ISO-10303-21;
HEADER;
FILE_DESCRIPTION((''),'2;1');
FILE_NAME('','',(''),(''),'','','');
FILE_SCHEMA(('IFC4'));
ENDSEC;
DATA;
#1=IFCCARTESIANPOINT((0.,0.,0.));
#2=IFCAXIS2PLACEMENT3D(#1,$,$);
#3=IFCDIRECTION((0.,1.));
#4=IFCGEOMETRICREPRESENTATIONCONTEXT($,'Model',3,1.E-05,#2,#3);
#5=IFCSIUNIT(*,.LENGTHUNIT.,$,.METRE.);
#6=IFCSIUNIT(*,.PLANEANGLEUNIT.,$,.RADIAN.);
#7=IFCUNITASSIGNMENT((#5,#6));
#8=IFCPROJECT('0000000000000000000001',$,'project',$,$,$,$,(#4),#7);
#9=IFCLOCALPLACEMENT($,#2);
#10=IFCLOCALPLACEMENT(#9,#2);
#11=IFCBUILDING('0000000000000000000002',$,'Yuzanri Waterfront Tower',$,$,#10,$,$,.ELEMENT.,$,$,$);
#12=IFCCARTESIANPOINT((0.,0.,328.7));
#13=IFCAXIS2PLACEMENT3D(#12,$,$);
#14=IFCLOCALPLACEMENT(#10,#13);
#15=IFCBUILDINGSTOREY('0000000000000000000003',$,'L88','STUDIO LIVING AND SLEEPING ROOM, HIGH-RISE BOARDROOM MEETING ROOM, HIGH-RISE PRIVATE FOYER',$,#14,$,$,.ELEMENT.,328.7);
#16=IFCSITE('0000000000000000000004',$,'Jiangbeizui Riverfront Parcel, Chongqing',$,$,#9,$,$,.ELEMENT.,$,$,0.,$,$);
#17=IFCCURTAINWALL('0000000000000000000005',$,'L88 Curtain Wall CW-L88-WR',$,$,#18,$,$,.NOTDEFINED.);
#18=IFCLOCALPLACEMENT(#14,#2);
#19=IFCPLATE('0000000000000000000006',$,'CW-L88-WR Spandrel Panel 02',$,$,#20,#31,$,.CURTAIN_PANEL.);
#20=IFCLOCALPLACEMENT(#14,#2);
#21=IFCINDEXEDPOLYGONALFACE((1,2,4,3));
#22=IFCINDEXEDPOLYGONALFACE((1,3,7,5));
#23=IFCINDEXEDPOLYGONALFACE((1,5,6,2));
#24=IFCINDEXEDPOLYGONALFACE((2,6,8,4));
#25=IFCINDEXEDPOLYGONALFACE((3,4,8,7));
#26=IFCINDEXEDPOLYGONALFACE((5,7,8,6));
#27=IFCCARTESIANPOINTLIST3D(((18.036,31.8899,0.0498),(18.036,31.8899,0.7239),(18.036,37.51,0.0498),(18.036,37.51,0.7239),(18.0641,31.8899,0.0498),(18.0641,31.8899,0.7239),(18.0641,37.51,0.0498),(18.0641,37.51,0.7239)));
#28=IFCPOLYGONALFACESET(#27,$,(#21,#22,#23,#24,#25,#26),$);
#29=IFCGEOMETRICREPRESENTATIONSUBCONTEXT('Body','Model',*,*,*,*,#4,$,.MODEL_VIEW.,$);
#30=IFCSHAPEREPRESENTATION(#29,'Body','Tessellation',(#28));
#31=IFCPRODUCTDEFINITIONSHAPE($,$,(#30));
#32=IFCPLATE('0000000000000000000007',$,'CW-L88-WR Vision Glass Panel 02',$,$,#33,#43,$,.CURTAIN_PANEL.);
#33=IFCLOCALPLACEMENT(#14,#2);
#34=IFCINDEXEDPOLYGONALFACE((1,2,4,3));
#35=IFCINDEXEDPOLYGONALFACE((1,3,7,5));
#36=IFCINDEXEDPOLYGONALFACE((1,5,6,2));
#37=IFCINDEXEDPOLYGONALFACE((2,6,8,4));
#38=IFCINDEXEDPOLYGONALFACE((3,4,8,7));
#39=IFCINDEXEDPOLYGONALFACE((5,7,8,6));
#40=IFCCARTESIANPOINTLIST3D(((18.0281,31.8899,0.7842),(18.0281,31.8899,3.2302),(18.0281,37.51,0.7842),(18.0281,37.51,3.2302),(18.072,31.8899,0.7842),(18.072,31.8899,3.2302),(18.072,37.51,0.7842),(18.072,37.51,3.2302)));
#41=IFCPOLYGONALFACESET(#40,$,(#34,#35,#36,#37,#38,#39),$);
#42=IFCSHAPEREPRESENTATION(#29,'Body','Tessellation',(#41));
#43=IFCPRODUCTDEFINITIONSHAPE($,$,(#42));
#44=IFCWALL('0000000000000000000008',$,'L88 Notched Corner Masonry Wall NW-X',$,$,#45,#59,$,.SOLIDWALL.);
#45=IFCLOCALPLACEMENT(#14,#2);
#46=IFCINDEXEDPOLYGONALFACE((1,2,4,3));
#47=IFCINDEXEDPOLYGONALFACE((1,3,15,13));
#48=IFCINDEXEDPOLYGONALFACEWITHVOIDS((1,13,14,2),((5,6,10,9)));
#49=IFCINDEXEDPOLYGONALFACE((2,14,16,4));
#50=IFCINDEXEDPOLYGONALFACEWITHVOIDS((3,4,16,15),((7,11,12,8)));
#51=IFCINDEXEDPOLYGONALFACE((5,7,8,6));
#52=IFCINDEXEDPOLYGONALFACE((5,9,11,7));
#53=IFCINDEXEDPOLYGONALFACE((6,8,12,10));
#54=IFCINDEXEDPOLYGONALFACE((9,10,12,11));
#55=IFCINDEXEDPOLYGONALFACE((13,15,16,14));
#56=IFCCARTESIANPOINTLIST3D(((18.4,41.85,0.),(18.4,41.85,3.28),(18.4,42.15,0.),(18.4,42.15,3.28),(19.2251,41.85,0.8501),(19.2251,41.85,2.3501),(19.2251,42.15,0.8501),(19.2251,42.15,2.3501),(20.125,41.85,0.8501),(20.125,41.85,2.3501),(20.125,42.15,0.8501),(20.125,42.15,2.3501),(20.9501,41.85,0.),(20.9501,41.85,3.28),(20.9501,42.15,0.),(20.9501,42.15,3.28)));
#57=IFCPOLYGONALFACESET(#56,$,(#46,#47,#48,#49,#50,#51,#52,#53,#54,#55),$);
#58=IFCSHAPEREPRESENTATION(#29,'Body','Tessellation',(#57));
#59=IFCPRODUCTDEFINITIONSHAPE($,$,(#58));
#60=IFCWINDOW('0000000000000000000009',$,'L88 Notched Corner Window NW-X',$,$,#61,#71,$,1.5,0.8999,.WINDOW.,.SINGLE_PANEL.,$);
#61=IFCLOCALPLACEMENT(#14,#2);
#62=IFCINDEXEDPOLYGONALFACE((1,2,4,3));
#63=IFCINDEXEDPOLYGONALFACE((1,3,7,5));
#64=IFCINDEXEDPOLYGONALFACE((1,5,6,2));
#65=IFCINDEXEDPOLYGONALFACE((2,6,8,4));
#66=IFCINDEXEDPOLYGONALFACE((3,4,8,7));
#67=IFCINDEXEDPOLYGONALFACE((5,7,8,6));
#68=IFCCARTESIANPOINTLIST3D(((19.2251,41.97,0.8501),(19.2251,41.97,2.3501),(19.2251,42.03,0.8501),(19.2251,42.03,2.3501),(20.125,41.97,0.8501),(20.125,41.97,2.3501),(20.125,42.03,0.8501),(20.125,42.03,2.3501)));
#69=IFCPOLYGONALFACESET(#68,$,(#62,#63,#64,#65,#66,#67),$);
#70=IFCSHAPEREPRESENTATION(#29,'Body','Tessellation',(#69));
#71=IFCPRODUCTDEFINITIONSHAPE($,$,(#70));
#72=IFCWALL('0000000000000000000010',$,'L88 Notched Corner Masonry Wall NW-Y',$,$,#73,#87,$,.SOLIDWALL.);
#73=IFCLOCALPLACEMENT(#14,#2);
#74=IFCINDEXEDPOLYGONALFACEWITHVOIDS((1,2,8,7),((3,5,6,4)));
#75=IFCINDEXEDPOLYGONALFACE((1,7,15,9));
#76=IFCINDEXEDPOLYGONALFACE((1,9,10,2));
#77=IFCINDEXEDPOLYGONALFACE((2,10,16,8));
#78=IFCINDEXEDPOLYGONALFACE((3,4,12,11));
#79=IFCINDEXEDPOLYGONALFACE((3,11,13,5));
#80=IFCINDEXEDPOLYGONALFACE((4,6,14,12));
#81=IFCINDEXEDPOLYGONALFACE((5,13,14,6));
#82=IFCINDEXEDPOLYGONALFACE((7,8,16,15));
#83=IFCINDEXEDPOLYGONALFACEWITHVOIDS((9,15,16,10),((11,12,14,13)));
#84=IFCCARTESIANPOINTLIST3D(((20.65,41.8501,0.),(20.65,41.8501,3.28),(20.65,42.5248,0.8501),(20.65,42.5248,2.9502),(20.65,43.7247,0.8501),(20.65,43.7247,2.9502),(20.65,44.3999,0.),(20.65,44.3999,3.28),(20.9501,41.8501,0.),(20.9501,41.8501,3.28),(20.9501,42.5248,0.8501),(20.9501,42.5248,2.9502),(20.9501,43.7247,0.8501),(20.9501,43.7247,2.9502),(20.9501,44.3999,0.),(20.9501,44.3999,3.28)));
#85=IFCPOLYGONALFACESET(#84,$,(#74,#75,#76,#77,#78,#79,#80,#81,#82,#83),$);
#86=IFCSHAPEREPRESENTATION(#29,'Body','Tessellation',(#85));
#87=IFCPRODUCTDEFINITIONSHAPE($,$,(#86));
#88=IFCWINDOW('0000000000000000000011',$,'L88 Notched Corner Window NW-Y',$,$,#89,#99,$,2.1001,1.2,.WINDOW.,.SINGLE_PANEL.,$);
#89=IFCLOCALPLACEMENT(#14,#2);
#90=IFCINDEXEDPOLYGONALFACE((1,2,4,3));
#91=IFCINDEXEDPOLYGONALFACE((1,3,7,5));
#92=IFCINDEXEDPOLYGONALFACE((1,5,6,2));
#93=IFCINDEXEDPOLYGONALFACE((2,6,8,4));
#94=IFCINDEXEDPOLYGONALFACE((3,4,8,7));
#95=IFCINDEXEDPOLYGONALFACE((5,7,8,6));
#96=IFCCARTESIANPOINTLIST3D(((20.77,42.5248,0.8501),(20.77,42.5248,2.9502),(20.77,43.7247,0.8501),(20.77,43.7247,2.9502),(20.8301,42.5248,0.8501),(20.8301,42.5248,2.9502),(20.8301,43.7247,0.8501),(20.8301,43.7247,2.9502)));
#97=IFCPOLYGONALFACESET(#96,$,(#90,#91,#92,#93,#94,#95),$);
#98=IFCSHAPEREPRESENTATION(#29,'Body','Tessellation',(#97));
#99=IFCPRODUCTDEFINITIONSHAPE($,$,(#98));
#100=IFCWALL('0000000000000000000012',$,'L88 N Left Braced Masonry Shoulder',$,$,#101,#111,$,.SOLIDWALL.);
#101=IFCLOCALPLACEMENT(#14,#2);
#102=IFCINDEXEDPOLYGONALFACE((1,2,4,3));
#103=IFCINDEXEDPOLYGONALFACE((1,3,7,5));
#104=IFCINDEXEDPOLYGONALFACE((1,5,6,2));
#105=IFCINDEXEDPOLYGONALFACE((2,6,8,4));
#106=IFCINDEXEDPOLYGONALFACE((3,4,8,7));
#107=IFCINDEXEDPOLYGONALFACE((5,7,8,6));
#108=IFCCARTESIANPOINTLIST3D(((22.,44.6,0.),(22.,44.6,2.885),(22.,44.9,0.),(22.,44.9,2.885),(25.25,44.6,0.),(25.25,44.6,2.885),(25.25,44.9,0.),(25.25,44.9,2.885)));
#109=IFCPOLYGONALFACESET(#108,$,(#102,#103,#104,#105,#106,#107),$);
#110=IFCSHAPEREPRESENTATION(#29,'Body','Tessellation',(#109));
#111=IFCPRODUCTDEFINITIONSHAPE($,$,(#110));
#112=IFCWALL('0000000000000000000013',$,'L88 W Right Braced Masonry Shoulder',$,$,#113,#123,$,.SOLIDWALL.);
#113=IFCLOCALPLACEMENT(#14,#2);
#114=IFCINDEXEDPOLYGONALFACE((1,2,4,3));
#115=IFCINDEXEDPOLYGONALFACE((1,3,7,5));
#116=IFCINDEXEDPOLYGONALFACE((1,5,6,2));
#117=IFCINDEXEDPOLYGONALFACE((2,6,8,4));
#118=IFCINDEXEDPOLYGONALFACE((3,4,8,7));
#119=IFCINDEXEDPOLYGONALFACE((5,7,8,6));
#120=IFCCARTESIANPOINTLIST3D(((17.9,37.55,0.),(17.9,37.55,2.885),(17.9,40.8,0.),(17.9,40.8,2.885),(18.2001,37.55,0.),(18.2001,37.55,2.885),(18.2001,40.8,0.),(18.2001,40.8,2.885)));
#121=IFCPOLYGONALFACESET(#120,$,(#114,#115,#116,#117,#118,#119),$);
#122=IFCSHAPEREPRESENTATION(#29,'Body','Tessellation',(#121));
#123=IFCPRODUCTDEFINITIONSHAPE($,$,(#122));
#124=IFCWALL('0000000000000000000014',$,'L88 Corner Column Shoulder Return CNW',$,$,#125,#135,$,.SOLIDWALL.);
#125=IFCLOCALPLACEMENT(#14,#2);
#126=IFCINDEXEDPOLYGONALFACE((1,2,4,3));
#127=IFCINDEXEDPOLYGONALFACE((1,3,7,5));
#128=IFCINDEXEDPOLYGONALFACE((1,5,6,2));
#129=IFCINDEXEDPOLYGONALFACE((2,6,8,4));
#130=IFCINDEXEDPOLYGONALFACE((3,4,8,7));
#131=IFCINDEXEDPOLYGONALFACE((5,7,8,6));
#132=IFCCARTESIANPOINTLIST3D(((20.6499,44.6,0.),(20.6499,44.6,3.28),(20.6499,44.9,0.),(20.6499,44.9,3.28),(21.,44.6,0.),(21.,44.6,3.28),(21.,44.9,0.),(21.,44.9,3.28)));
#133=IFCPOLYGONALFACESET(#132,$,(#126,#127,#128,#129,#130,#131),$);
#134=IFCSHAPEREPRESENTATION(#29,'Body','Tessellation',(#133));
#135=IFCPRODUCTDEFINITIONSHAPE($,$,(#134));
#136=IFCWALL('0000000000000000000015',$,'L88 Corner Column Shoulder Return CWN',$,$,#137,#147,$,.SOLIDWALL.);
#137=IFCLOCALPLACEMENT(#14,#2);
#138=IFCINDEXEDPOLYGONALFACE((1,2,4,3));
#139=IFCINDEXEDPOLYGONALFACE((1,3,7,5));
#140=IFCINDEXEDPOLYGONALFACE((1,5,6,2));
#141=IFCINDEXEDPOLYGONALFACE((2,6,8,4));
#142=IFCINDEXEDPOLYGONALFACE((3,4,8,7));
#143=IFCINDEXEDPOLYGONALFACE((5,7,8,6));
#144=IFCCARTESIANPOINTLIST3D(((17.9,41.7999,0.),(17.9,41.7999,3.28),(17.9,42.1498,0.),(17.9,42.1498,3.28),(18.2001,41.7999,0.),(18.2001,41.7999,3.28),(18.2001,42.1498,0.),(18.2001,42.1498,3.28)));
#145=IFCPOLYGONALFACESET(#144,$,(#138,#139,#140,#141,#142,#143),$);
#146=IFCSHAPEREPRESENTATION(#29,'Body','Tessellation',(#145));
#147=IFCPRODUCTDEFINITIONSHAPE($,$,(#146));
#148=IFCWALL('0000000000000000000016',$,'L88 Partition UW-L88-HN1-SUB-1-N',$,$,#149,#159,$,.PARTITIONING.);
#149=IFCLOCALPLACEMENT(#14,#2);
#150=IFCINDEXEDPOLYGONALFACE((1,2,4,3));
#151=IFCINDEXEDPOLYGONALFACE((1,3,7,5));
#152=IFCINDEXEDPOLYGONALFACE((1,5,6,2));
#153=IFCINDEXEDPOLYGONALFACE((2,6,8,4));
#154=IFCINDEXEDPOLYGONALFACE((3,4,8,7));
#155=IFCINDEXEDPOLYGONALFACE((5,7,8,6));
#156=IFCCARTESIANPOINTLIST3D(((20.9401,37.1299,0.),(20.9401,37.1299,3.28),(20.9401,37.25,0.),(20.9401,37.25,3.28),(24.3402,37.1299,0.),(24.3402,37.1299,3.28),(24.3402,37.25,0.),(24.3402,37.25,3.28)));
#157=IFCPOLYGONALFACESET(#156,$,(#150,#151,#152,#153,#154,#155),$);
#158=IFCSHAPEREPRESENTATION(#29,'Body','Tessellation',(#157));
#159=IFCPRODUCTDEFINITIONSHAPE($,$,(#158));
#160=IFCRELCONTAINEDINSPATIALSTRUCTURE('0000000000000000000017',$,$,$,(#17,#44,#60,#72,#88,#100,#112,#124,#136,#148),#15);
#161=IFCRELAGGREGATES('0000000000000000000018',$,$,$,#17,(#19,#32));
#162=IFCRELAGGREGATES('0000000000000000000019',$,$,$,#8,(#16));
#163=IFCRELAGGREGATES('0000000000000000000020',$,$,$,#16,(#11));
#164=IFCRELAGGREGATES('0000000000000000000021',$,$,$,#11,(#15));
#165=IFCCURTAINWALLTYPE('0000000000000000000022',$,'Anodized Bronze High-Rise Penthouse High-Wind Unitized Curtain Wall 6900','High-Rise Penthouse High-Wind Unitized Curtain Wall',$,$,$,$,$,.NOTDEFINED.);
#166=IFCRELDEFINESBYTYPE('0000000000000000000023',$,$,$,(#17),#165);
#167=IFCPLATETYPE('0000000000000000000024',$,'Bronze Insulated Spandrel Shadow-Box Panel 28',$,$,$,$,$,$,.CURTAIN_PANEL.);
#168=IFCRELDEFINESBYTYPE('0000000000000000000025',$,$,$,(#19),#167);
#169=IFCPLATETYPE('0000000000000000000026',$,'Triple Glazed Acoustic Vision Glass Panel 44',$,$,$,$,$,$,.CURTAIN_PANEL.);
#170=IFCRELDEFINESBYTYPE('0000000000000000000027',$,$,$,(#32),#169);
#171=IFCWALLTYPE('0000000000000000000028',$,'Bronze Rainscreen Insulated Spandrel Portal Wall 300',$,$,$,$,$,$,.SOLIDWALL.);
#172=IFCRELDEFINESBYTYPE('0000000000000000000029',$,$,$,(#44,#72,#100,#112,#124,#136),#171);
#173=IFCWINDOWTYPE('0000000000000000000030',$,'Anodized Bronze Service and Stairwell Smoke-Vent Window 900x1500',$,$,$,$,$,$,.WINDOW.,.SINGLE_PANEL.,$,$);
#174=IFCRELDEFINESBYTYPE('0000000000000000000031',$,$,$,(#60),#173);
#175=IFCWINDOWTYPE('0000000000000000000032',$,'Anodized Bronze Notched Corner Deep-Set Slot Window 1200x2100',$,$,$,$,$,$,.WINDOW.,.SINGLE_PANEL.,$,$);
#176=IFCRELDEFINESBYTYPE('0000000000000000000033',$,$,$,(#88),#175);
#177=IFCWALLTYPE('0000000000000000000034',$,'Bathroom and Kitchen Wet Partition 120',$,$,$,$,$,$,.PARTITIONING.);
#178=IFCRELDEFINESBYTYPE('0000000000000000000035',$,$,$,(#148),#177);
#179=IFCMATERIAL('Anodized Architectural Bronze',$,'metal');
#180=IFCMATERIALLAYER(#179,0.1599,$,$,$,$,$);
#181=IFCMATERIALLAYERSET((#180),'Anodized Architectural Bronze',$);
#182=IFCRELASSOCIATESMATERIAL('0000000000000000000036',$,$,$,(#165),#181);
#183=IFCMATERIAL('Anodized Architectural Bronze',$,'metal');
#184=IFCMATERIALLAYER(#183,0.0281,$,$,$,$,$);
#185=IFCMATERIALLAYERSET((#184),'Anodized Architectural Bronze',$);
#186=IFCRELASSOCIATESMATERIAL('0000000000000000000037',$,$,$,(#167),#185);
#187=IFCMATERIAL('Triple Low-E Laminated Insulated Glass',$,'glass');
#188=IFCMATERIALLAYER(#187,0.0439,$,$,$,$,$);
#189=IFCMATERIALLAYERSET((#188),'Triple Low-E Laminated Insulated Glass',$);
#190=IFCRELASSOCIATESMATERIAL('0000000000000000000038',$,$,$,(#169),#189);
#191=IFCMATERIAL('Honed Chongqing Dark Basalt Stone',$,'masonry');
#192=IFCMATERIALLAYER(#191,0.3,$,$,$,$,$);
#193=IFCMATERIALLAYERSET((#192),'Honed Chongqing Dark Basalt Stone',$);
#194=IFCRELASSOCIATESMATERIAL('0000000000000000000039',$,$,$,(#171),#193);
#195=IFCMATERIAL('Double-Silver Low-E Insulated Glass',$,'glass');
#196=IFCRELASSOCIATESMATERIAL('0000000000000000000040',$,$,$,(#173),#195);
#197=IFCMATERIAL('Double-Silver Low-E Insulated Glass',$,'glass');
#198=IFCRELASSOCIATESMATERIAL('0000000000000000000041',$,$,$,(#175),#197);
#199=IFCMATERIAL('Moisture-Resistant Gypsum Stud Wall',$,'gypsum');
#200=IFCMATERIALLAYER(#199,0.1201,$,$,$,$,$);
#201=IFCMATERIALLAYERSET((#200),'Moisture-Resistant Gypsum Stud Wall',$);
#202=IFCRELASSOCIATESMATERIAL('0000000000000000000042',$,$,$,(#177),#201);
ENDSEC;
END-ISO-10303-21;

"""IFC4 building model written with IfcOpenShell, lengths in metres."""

from ifc_helpers import new_model, si_unit, direction, frame, frame_2d, origin, origin_2d, place, context, subcontext, project, spatial, rectangle, extrude, source, transform, mapped, material, layer, layer_set, type_object, element, fill, aggregate, save


model = new_model("IFC4")

# Units and contexts
model_context = context("Model", 3, precision=1e-05, world=origin(), true_north=direction((0.0, 1.0)))
body_context = subcontext(model_context, "Body", "Model", "MODEL_VIEW")
ifc_project = project(units=[si_unit("LENGTHUNIT", "METRE"), si_unit("PLANEANGLEUNIT", "RADIAN")], contexts=[model_context])

# Site, building, storey
site_placement = place(None, origin())
site = spatial("IfcSite", under=ifc_project, at=site_placement, Name="Jiangbeizui Riverfront Parcel, Chongqing", CompositionType="ELEMENT", RefElevation=0.0)
building_placement = place(site_placement, origin())
building = spatial("IfcBuilding", under=site, at=building_placement, Name="Yuzanri Waterfront Tower", CompositionType="ELEMENT")
storey_placement = place(building_placement, frame((0.0, 0.0, 328.7)))
storey = spatial("IfcBuildingStorey", under=building, at=storey_placement, Name="L88", Description="STUDIO LIVING AND SLEEPING ROOM, HIGH-RISE BOARDROOM MEETING ROOM, HIGH-RISE PRIVATE FOYER", CompositionType="ELEMENT", Elevation=328.7)

# Curtain wall
ifc_material_1 = material(Name="Anodized Architectural Bronze", Category="metal")
ifc_layer_1 = layer(ifc_material_1, 0.1599)
ifc_layer_set_1 = layer_set([ifc_layer_1], Name="Anodized Architectural Bronze")
curtain_wall_type = type_object("IfcCurtainWallType", Name="Anodized Bronze High-Rise Penthouse High-Wind Unitized Curtain Wall 6900", Description="High-Rise Penthouse High-Wind Unitized Curtain Wall", PredefinedType="NOTDEFINED", material=ifc_layer_set_1)
curtain_wall_placement = place(storey_placement, origin())
curtain_wall = element("IfcCurtainWall", 1, at=curtain_wall_placement, inside=storey, type_object=curtain_wall_type, Name="L88 Curtain Wall CW-L88-WR", PredefinedType="NOTDEFINED")

# Plates
ifc_material_2 = material(Name="Anodized Architectural Bronze", Category="metal")
ifc_layer_2 = layer(ifc_material_2, 0.0281)
ifc_layer_set_2 = layer_set([ifc_layer_2], Name="Anodized Architectural Bronze")
plate_type_1 = type_object("IfcPlateType", Name="Bronze Insulated Spandrel Shadow-Box Panel 28", PredefinedType="CURTAIN_PANEL", material=ifc_layer_set_2)
shared_shape_1 = source(origin(), body_context, "Body", "SweptSolid", [
    extrude(rectangle(XDim=5.6201, YDim=0.0281, at=origin_2d()), origin(), (0.0, 0.0, 1.0), 0.6741),
])
plate_1_placement = place(storey_placement, frame((18.05, 34.7, 0.0498), z_axis=(0.0, 0.0, 1.0), x_axis=(0.0, 1.0, 0.0)))
plate_1 = element("IfcPlate", 2, at=plate_1_placement, type_object=plate_type_1, Name="CW-L88-WR Spandrel Panel 02", PredefinedType="CURTAIN_PANEL", context=body_context, shape_type="MappedRepresentation", body=[
    mapped(shared_shape_1, transform((0.0, 0.0, 0.0), scale=1.0)),
])
ifc_material_3 = material(Name="Triple Low-E Laminated Insulated Glass", Category="glass")
ifc_layer_3 = layer(ifc_material_3, 0.0439)
ifc_layer_set_3 = layer_set([ifc_layer_3], Name="Triple Low-E Laminated Insulated Glass")
plate_type_2 = type_object("IfcPlateType", Name="Triple Glazed Acoustic Vision Glass Panel 44", PredefinedType="CURTAIN_PANEL", material=ifc_layer_set_3)
shared_shape_2 = source(origin(), body_context, "Body", "SweptSolid", [
    extrude(rectangle(XDim=5.6201, YDim=0.0439, at=origin_2d()), origin(), (0.0, 0.0, 1.0), 2.446),
])
plate_2_placement = place(storey_placement, frame((18.05, 34.7, 0.7842), z_axis=(0.0, 0.0, 1.0), x_axis=(0.0, 1.0, 0.0)))
plate_2 = element("IfcPlate", 3, at=plate_2_placement, type_object=plate_type_2, Name="CW-L88-WR Vision Glass Panel 02", PredefinedType="CURTAIN_PANEL", context=body_context, shape_type="MappedRepresentation", body=[
    mapped(shared_shape_2, transform((0.0, 0.0, 0.0), scale=1.0)),
])
aggregate(curtain_wall, [plate_1, plate_2])

# Walls, openings, windows
ifc_material_4 = material(Name="Honed Chongqing Dark Basalt Stone", Category="masonry")
ifc_layer_4 = layer(ifc_material_4, 0.3)
ifc_layer_set_4 = layer_set([ifc_layer_4], Name="Honed Chongqing Dark Basalt Stone")
wall_type_1 = type_object("IfcWallType", Name="Bronze Rainscreen Insulated Spandrel Portal Wall 300", PredefinedType="SOLIDWALL", material=ifc_layer_set_4)
wall_1_placement = place(storey_placement, frame((20.95, 42.0, 0.0), z_axis=(0.0, 0.0, 1.0), x_axis=(-1.0, 0.0, 0.0)))
wall_1 = element("IfcWall", 4, at=wall_1_placement, inside=storey, type_object=wall_type_1, Name="L88 Notched Corner Masonry Wall NW-X", PredefinedType="SOLIDWALL", context=body_context, shape_type="SweptSolid", body=[
    extrude(rectangle(XDim=2.55, YDim=0.3, at=frame_2d((1.2749, 0.0))), origin(), (0.0, 0.0, 1.0), 3.28),
])
opening_1_placement = place(wall_1_placement, frame((0.825, 0.0, 0.8501)))
opening_1 = element("IfcOpeningElement", 5, at=opening_1_placement, cuts=wall_1, PredefinedType="OPENING", context=body_context, shape_type="SweptSolid", body=[
    extrude(rectangle(XDim=0.8999, YDim=1.5, at=frame_2d((0.45, 0.75))), frame((0.0, 0.165, 0.0), z_axis=(0.0, -1.0, 0.0), x_axis=(1.0, 0.0, 0.0)), (0.0, 0.0, 1.0), 0.3298),
])
ifc_material_5 = material(Name="Double-Silver Low-E Insulated Glass", Category="glass")
window_type_1 = type_object("IfcWindowType", Name="Anodized Bronze Service and Stairwell Smoke-Vent Window 900x1500", PartitioningType="SINGLE_PANEL", PredefinedType="WINDOW", material=ifc_material_5)
shared_shape_3 = source(origin(), body_context, "Body", "SweptSolid", [
    extrude(rectangle(XDim=0.8999, YDim=1.5, at=frame_2d((0.45, 0.75))), frame((0.0, 0.03, 0.0), z_axis=(0.0, -1.0, 0.0), x_axis=(1.0, 0.0, 0.0)), (0.0, 0.0, 1.0), 0.0601),
])
window_1_placement = place(opening_1_placement, origin())
window_1 = element("IfcWindow", 6, at=window_1_placement, inside=storey, type_object=window_type_1, Name="L88 Notched Corner Window NW-X", OverallHeight=1.5, OverallWidth=0.8999, PartitioningType="SINGLE_PANEL", PredefinedType="WINDOW", context=body_context, shape_type="MappedRepresentation", body=[
    mapped(shared_shape_3, transform((0.0, 0.0, 0.0), scale=1.0)),
])
fill(opening_1, window_1)
wall_2_placement = place(storey_placement, frame((20.8, 44.3999, 0.0), z_axis=(0.0, 0.0, 1.0), x_axis=(0.0, -1.0, 0.0)))
wall_2 = element("IfcWall", 7, at=wall_2_placement, inside=storey, type_object=wall_type_1, Name="L88 Notched Corner Masonry Wall NW-Y", PredefinedType="SOLIDWALL", context=body_context, shape_type="SweptSolid", body=[
    extrude(rectangle(XDim=2.5498, YDim=0.3, at=frame_2d((1.2749, 0.0))), origin(), (0.0, 0.0, 1.0), 3.28),
])
opening_2_placement = place(wall_2_placement, frame((0.675, 0.0, 0.8501)))
opening_2 = element("IfcOpeningElement", 8, at=opening_2_placement, cuts=wall_2, PredefinedType="OPENING", context=body_context, shape_type="SweptSolid", body=[
    extrude(rectangle(XDim=1.2, YDim=2.1001, at=frame_2d((0.6001, 1.05))), frame((0.0, 0.165, 0.0), z_axis=(0.0, -1.0, 0.0), x_axis=(1.0, 0.0, 0.0)), (0.0, 0.0, 1.0), 0.3298),
])
ifc_material_6 = material(Name="Double-Silver Low-E Insulated Glass", Category="glass")
window_type_2 = type_object("IfcWindowType", Name="Anodized Bronze Notched Corner Deep-Set Slot Window 1200x2100", PartitioningType="SINGLE_PANEL", PredefinedType="WINDOW", material=ifc_material_6)
shared_shape_4 = source(origin(), body_context, "Body", "SweptSolid", [
    extrude(rectangle(XDim=1.2, YDim=2.1001, at=frame_2d((0.6001, 1.05))), frame((0.0, 0.03, 0.0), z_axis=(0.0, -1.0, 0.0), x_axis=(1.0, 0.0, 0.0)), (0.0, 0.0, 1.0), 0.0601),
])
window_2_placement = place(opening_2_placement, origin())
window_2 = element("IfcWindow", 9, at=window_2_placement, inside=storey, type_object=window_type_2, Name="L88 Notched Corner Window NW-Y", OverallHeight=2.1001, OverallWidth=1.2, PartitioningType="SINGLE_PANEL", PredefinedType="WINDOW", context=body_context, shape_type="MappedRepresentation", body=[
    mapped(shared_shape_4, transform((0.0, 0.0, 0.0), scale=1.0)),
])
fill(opening_2, window_2)

# Walls
shared_shape_5 = source(origin(), body_context, "Body", "SweptSolid", [
    extrude(rectangle(XDim=3.25, YDim=0.3, at=frame_2d((1.625, 0.0))), origin(), (0.0, 0.0, 1.0), 2.885),
])
for number, where, z_axis, x_axis, name in (
    (10, (22.0, 44.75, 0.0), (0.0, 0.0, 1.0), (1.0, 0.0, 0.0), "L88 N Left Braced Masonry Shoulder"),
    (11, (18.05, 37.55, 0.0), (0.0, 0.0, 1.0), (0.0, 1.0, 0.0), "L88 W Right Braced Masonry Shoulder"),
):
    element("IfcWall", number, at=place(storey_placement, frame(where, z_axis=z_axis, x_axis=x_axis)), inside=storey, type_object=wall_type_1, Name=name, PredefinedType="SOLIDWALL", context=body_context, shape_type="MappedRepresentation", body=[
        mapped(shared_shape_5, transform((0.0, 0.0, 0.0), scale=1.0)),
    ])
shared_shape_6 = source(origin(), body_context, "Body", "SweptSolid", [
    extrude(rectangle(XDim=0.3501, YDim=0.3, at=frame_2d((0.175, 0.0))), origin(), (0.0, 0.0, 1.0), 3.28),
])
wall_3_placement = place(storey_placement, frame((20.6499, 44.75, 0.0), z_axis=(0.0, 0.0, 1.0), x_axis=(1.0, 0.0, 0.0)))
element("IfcWall", 12, at=wall_3_placement, inside=storey, type_object=wall_type_1, Name="L88 Corner Column Shoulder Return CNW", PredefinedType="SOLIDWALL", context=body_context, shape_type="MappedRepresentation", body=[
    mapped(shared_shape_6, transform((0.0, 0.0, 0.0), scale=1.0)),
])
shared_shape_7 = source(origin(), body_context, "Body", "SweptSolid", [
    extrude(rectangle(XDim=0.3499, YDim=0.3, at=frame_2d((0.1748, 0.0))), origin(), (0.0, 0.0, 1.0), 3.28),
])
wall_4_placement = place(storey_placement, frame((18.05, 41.8, 0.0), z_axis=(0.0, 0.0, 1.0), x_axis=(0.0, 1.0, 0.0)))
element("IfcWall", 13, at=wall_4_placement, inside=storey, type_object=wall_type_1, Name="L88 Corner Column Shoulder Return CWN", PredefinedType="SOLIDWALL", context=body_context, shape_type="MappedRepresentation", body=[
    mapped(shared_shape_7, transform((0.0, 0.0, 0.0), scale=1.0)),
])
ifc_material_7 = material(Name="Moisture-Resistant Gypsum Stud Wall", Category="gypsum")
ifc_layer_5 = layer(ifc_material_7, 0.1201)
ifc_layer_set_5 = layer_set([ifc_layer_5], Name="Moisture-Resistant Gypsum Stud Wall")
wall_type_2 = type_object("IfcWallType", Name="Bathroom and Kitchen Wet Partition 120", PredefinedType="PARTITIONING", material=ifc_layer_set_5)
shared_shape_8 = source(origin(), body_context, "Body", "SweptSolid", [
    extrude(rectangle(XDim=3.4001, YDim=0.1201, at=frame_2d((1.7002, 0.0))), origin(), (0.0, 0.0, 1.0), 3.28),
])
wall_5_placement = place(storey_placement, frame((20.9399, 37.1899, 0.0), z_axis=(0.0, 0.0, 1.0), x_axis=(1.0, 0.0, 0.0)))
element("IfcWall", 14, at=wall_5_placement, inside=storey, type_object=wall_type_2, Name="L88 Partition UW-L88-HN1-SUB-1-N", PredefinedType="PARTITIONING", context=body_context, shape_type="MappedRepresentation", body=[
    mapped(shared_shape_8, transform((0.0, 0.0, 0.0), scale=1.0)),
])

save(model, "model.ifc")
